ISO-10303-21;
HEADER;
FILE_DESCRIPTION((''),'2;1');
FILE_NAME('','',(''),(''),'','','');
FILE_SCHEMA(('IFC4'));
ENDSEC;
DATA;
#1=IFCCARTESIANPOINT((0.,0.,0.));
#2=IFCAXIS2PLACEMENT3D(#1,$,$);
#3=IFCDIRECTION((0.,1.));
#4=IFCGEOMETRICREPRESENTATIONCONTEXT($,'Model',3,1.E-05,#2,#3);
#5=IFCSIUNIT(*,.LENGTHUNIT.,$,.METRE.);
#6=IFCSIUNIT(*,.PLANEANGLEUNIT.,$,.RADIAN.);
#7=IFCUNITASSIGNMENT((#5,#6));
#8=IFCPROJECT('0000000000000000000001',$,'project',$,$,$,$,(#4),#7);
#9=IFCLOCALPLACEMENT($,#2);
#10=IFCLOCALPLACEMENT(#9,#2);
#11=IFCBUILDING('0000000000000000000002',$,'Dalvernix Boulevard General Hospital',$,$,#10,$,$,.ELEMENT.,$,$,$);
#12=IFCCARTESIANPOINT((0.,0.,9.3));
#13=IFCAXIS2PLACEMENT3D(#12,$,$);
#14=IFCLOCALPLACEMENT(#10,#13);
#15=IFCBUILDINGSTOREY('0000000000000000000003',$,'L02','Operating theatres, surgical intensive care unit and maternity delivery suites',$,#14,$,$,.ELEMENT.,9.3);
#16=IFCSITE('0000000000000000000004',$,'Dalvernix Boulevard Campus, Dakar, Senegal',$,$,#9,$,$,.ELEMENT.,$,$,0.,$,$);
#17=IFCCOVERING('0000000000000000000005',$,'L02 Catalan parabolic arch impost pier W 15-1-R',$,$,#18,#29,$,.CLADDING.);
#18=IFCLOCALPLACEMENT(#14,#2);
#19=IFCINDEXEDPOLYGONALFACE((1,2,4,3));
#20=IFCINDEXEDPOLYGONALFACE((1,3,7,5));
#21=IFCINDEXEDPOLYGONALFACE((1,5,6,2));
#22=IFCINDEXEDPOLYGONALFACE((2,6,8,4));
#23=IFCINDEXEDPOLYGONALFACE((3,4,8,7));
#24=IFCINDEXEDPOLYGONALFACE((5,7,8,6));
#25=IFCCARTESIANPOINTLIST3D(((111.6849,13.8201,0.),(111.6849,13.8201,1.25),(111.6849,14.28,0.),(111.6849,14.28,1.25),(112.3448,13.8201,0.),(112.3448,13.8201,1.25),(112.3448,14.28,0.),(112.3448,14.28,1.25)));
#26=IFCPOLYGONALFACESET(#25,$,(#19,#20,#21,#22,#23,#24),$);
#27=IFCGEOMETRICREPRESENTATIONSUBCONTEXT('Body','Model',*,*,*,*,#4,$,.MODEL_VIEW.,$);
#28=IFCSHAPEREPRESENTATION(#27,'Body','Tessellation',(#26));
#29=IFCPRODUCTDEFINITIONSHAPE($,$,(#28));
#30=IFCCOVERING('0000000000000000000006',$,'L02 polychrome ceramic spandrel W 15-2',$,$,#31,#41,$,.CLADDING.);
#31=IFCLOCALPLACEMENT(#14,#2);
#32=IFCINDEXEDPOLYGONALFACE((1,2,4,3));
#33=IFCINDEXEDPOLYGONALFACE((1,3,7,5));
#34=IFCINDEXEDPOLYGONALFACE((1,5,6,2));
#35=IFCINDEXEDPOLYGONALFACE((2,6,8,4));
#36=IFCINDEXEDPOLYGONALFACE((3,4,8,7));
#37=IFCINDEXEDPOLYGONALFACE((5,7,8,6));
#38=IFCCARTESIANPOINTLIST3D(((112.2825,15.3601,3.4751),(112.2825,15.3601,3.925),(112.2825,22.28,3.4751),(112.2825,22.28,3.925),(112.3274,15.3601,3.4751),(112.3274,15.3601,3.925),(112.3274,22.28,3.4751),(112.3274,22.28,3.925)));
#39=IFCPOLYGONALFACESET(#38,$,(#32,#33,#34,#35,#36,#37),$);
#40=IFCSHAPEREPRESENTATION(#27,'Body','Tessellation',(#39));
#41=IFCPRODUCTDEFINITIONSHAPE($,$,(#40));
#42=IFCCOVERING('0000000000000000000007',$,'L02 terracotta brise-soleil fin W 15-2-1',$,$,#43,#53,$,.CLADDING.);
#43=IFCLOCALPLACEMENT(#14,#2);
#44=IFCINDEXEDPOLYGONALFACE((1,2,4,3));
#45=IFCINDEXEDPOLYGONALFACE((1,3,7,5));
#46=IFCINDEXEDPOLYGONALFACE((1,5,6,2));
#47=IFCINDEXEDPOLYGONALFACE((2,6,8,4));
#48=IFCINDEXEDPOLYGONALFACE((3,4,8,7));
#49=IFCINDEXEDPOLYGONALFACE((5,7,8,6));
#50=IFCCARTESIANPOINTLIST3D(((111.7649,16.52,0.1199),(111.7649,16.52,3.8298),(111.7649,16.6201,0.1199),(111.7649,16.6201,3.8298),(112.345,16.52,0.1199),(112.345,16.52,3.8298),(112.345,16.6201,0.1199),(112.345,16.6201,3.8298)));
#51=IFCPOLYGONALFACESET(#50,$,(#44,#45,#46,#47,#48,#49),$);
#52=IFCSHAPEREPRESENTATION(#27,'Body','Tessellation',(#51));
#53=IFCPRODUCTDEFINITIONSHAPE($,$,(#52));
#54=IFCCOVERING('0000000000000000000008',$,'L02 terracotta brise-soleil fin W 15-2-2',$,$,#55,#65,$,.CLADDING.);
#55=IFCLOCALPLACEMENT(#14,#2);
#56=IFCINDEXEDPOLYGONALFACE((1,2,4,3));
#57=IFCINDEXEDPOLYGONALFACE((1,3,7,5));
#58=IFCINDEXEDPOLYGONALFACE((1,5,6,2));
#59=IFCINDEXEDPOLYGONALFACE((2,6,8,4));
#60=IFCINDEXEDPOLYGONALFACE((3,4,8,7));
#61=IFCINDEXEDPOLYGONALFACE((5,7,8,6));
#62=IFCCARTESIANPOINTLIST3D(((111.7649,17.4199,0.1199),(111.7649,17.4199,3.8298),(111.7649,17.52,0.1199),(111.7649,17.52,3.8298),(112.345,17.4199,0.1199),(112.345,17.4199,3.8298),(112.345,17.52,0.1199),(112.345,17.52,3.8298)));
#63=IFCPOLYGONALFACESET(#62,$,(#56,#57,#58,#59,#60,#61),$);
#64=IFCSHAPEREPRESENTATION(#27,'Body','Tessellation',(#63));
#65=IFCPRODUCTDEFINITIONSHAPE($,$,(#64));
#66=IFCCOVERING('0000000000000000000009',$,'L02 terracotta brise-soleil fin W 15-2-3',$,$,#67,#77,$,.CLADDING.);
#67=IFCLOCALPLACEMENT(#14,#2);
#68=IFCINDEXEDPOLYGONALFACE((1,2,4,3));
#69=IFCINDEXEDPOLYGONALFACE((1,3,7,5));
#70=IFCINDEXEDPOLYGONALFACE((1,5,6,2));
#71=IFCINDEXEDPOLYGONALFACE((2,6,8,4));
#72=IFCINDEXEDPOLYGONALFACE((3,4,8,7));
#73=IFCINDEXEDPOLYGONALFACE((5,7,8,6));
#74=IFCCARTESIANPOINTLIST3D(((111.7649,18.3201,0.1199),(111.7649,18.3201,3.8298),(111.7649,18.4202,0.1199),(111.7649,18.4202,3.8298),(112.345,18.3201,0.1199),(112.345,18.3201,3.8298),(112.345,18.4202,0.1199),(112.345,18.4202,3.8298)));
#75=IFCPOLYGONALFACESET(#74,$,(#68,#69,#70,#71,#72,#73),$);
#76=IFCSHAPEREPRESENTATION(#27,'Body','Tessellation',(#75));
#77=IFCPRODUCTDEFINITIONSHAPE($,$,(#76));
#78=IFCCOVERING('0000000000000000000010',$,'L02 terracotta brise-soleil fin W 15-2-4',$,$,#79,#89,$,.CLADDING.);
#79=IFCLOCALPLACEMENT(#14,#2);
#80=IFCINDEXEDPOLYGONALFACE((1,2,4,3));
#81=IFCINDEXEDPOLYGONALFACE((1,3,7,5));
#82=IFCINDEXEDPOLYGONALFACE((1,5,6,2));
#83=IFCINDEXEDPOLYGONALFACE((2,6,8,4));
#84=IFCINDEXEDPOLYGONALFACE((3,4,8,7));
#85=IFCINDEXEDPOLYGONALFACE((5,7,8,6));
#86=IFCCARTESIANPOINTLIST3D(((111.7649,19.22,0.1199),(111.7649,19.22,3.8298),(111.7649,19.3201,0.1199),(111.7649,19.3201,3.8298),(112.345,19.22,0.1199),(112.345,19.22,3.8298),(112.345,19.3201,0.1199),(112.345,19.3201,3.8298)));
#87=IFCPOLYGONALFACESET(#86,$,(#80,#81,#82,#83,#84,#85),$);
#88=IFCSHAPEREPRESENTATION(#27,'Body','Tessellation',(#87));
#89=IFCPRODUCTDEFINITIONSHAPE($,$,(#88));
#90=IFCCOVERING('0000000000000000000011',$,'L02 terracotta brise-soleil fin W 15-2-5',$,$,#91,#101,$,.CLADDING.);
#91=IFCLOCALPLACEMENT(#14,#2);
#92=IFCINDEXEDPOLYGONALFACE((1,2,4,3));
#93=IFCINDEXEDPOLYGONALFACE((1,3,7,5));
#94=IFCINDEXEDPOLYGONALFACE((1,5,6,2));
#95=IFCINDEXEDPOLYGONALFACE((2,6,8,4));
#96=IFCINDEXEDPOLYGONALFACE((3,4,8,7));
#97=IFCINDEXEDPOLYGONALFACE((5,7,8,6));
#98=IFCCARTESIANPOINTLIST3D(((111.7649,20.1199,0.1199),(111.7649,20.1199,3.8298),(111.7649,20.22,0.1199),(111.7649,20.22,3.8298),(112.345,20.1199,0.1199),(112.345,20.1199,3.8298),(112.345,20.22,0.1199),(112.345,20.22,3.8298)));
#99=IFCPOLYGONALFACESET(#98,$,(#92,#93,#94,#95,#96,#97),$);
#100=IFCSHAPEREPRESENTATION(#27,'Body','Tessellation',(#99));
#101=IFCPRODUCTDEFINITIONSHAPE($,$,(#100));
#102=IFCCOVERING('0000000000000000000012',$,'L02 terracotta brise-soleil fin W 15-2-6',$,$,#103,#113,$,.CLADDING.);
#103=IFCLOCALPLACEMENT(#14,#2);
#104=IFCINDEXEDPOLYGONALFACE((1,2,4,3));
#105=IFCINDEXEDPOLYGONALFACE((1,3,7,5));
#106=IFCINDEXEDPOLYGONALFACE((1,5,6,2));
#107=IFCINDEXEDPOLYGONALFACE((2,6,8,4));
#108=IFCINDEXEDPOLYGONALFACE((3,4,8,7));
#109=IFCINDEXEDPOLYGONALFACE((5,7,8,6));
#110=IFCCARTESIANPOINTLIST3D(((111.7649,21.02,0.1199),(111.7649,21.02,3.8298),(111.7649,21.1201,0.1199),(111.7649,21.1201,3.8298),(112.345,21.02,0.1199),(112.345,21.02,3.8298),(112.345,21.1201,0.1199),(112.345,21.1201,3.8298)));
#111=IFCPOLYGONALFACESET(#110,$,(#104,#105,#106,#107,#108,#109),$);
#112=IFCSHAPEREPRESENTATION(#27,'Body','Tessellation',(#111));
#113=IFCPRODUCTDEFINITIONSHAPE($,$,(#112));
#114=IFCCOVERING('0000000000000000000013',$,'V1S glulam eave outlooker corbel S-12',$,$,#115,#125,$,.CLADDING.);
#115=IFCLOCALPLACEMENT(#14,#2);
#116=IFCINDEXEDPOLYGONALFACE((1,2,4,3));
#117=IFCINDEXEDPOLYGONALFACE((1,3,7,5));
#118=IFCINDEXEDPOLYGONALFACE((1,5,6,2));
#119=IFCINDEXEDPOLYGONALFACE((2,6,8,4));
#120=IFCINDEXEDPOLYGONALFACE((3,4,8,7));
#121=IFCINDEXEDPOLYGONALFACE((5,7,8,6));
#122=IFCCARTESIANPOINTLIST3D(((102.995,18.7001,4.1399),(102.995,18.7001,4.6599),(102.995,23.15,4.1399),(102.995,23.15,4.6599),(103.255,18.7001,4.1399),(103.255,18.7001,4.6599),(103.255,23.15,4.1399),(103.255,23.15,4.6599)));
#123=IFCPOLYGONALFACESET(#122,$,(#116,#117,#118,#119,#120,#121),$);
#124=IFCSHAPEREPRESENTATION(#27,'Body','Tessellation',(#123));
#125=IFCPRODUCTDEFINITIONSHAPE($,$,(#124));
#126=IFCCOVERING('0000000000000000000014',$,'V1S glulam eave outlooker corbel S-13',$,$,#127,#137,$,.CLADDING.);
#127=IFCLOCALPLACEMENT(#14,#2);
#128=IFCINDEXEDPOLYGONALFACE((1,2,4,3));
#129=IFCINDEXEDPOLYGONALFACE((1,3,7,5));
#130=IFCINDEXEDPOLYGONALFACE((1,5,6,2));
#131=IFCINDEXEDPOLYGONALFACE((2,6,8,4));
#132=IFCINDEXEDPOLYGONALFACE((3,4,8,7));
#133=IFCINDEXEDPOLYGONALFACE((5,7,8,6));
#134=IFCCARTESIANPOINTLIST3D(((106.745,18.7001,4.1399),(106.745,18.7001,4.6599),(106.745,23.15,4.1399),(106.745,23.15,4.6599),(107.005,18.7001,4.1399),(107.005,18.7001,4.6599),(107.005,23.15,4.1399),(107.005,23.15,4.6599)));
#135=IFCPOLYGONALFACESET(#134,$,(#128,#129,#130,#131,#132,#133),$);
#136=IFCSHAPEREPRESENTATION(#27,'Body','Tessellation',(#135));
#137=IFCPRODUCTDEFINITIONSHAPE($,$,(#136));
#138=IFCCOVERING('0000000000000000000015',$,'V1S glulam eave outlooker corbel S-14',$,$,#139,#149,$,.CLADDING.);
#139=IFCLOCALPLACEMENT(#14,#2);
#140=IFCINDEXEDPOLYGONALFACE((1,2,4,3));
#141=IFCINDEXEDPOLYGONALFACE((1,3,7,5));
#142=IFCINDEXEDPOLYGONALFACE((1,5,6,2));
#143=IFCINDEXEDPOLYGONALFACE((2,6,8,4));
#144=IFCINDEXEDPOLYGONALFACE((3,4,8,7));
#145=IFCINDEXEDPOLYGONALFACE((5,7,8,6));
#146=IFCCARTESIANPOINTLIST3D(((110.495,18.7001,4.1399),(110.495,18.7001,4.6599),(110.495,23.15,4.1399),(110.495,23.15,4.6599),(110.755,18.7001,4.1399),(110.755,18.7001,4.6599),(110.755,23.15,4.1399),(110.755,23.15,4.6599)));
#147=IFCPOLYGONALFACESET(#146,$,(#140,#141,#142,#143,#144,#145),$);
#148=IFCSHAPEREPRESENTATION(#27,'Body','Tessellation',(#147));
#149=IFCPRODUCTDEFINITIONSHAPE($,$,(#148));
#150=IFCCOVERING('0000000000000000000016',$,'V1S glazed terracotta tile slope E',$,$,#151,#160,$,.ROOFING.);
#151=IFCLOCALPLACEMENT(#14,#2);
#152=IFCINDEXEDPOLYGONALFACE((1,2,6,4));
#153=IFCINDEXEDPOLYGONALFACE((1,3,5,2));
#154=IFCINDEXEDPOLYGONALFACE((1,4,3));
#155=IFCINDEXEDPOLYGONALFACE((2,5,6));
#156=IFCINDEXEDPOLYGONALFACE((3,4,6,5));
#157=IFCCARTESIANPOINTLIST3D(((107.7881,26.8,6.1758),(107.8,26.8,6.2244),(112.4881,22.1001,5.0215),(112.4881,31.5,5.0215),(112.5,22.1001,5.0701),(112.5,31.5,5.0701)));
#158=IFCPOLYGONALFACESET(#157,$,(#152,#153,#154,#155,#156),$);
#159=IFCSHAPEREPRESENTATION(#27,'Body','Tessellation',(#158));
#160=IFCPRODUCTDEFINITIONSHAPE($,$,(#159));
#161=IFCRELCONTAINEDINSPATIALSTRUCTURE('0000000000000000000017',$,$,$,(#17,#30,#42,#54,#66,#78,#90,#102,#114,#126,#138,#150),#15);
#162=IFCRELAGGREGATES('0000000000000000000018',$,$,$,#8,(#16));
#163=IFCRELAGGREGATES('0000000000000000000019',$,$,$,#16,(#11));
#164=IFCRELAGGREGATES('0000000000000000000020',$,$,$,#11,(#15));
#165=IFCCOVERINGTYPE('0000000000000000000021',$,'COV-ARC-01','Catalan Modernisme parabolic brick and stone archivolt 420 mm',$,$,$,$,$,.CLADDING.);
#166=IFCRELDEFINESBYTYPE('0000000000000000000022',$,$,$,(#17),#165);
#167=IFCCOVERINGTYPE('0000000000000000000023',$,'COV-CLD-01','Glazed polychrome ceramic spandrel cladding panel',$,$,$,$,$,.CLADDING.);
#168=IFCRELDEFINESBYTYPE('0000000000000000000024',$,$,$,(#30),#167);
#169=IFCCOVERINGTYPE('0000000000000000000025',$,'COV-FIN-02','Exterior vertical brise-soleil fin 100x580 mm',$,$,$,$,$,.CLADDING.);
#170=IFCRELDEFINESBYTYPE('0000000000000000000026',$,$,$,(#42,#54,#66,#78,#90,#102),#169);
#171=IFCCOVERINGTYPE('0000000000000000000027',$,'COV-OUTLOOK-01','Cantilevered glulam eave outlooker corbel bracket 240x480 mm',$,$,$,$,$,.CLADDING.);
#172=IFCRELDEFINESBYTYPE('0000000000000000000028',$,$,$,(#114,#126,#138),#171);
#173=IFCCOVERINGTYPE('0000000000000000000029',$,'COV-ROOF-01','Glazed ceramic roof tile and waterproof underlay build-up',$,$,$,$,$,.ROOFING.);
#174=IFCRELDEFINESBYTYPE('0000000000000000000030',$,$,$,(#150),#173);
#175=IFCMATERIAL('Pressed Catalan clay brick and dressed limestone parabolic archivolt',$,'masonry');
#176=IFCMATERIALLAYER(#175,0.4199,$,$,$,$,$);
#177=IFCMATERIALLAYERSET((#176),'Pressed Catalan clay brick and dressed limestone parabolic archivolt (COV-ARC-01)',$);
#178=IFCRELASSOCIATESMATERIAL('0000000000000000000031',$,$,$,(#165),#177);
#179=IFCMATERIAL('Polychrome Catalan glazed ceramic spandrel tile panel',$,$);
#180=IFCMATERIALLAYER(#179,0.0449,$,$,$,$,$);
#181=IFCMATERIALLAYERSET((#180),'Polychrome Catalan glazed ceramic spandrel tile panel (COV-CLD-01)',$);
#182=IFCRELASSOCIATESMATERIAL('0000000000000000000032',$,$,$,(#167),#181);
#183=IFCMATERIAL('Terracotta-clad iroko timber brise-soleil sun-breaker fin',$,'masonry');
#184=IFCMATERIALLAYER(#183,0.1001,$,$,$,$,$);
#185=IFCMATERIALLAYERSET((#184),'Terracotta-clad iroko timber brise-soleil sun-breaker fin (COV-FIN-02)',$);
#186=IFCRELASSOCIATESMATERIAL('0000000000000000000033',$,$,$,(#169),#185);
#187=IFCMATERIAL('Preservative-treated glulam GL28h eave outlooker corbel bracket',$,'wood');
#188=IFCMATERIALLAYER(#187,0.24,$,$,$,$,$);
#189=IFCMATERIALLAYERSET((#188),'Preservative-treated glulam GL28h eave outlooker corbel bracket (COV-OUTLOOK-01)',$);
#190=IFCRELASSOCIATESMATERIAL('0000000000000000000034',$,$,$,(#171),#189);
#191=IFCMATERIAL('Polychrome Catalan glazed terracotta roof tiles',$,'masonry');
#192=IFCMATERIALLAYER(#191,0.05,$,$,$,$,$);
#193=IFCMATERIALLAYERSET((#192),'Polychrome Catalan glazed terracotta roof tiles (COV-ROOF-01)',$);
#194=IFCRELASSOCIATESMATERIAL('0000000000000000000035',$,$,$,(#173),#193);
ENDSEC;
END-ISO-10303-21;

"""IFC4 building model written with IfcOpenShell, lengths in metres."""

from ifc_helpers import new_model, si_unit, direction, frame, origin, origin_2d, place, context, subcontext, project, spatial, polyline, rectangle, outline, extrude, material, layer, layer_set, type_object, element, save


model = new_model("IFC4")

# Units and contexts
model_context = context("Model", 3, precision=1e-05, world=origin(), true_north=direction((0.0, 1.0)))
body_context = subcontext(model_context, "Body", "Model", "MODEL_VIEW")
ifc_project = project(units=[si_unit("LENGTHUNIT", "METRE"), si_unit("PLANEANGLEUNIT", "RADIAN")], contexts=[model_context])

# Site, building, storey
site_placement = place(None, origin())
site = spatial("IfcSite", under=ifc_project, at=site_placement, Name="Dalvernix Boulevard Campus, Dakar, Senegal", CompositionType="ELEMENT", RefElevation=0.0)
building_placement = place(site_placement, origin())
building = spatial("IfcBuilding", under=site, at=building_placement, Name="Dalvernix Boulevard General Hospital", CompositionType="ELEMENT")
storey_placement = place(building_placement, frame((0.0, 0.0, 9.3)))
storey = spatial("IfcBuildingStorey", under=building, at=storey_placement, Name="L02", Description="Operating theatres, surgical intensive care unit and maternity delivery suites", CompositionType="ELEMENT", Elevation=9.3)

# Coverings
ifc_material_1 = material(Name="Pressed Catalan clay brick and dressed limestone parabolic archivolt", Category="masonry")
ifc_layer_1 = layer(ifc_material_1, 0.4199)
ifc_layer_set_1 = layer_set([ifc_layer_1], Name="Pressed Catalan clay brick and dressed limestone parabolic archivolt (COV-ARC-01)")
covering_type_1 = type_object("IfcCoveringType", Name="COV-ARC-01", Description="Catalan Modernisme parabolic brick and stone archivolt 420 mm", PredefinedType="CLADDING", material=ifc_layer_set_1)
covering_1_placement = place(storey_placement, frame((112.0149, 14.05, 0.0), z_axis=(0.0, 0.0, 1.0), x_axis=(0.0, 1.0, 0.0)))
element("IfcCovering", 1, at=covering_1_placement, inside=storey, type_object=covering_type_1, Name="L02 Catalan parabolic arch impost pier W 15-1-R", PredefinedType="CLADDING", context=body_context, shape_type="SweptSolid", body=[
    extrude(rectangle(XDim=0.46, YDim=0.6599, at=origin_2d()), origin(), (0.0, 0.0, 1.0), 1.25),
])
ifc_material_2 = material(Name="Polychrome Catalan glazed ceramic spandrel tile panel")
ifc_layer_2 = layer(ifc_material_2, 0.0449)
ifc_layer_set_2 = layer_set([ifc_layer_2], Name="Polychrome Catalan glazed ceramic spandrel tile panel (COV-CLD-01)")
covering_type_2 = type_object("IfcCoveringType", Name="COV-CLD-01", Description="Glazed polychrome ceramic spandrel cladding panel", PredefinedType="CLADDING", material=ifc_layer_set_2)
covering_2_placement = place(storey_placement, frame((112.3049, 18.8201, 3.4751), z_axis=(0.0, 0.0, 1.0), x_axis=(0.0, 1.0, 0.0)))
element("IfcCovering", 2, at=covering_2_placement, inside=storey, type_object=covering_type_2, Name="L02 polychrome ceramic spandrel W 15-2", PredefinedType="CLADDING", context=body_context, shape_type="SweptSolid", body=[
    extrude(rectangle(XDim=6.9199, YDim=0.0449, at=origin_2d()), origin(), (0.0, 0.0, 1.0), 0.45),
])
ifc_material_3 = material(Name="Terracotta-clad iroko timber brise-soleil sun-breaker fin", Category="masonry")
ifc_layer_3 = layer(ifc_material_3, 0.1001)
ifc_layer_set_3 = layer_set([ifc_layer_3], Name="Terracotta-clad iroko timber brise-soleil sun-breaker fin (COV-FIN-02)")
covering_type_3 = type_object("IfcCoveringType", Name="COV-FIN-02", Description="Exterior vertical brise-soleil fin 100x580 mm", PredefinedType="CLADDING", material=ifc_layer_set_3)
for number, where, z_axis, x_axis, name in (
    (3, (112.0549, 16.5701, 0.1199), (0.0, 0.0, 1.0), (0.0, 1.0, 0.0), "L02 terracotta brise-soleil fin W 15-2-1"),
    (4, (112.0549, 17.47, 0.1199), (0.0, 0.0, 1.0), (0.0, 1.0, 0.0), "L02 terracotta brise-soleil fin W 15-2-2"),
    (5, (112.0549, 18.3701, 0.1199), (0.0, 0.0, 1.0), (0.0, 1.0, 0.0), "L02 terracotta brise-soleil fin W 15-2-3"),
    (6, (112.0549, 19.27, 0.1199), (0.0, 0.0, 1.0), (0.0, 1.0, 0.0), "L02 terracotta brise-soleil fin W 15-2-4"),
    (7, (112.0549, 20.1699, 0.1199), (0.0, 0.0, 1.0), (0.0, 1.0, 0.0), "L02 terracotta brise-soleil fin W 15-2-5"),
    (8, (112.0549, 21.0701, 0.1199), (0.0, 0.0, 1.0), (0.0, 1.0, 0.0), "L02 terracotta brise-soleil fin W 15-2-6"),
):
    element("IfcCovering", number, at=place(storey_placement, frame(where, z_axis=z_axis, x_axis=x_axis)), inside=storey, type_object=covering_type_3, Name=name, PredefinedType="CLADDING", context=body_context, shape_type="SweptSolid", body=[
        extrude(rectangle(XDim=0.1001, YDim=0.5801, at=origin_2d()), origin(), (0.0, 0.0, 1.0), 3.71),
    ])
ifc_material_4 = material(Name="Preservative-treated glulam GL28h eave outlooker corbel bracket", Category="wood")
ifc_layer_4 = layer(ifc_material_4, 0.24)
ifc_layer_set_4 = layer_set([ifc_layer_4], Name="Preservative-treated glulam GL28h eave outlooker corbel bracket (COV-OUTLOOK-01)")
covering_type_4 = type_object("IfcCoveringType", Name="COV-OUTLOOK-01", Description="Cantilevered glulam eave outlooker corbel bracket 240x480 mm", PredefinedType="CLADDING", material=ifc_layer_set_4)
for number, where, z_axis, x_axis, name in (
    (9, (103.125, 20.925, 4.1399), (0.0, 0.0, 1.0), (1.0, 0.0, 0.0), "V1S glulam eave outlooker corbel S-12"),
    (10, (106.875, 20.925, 4.1399), (0.0, 0.0, 1.0), (1.0, 0.0, 0.0), "V1S glulam eave outlooker corbel S-13"),
    (11, (110.625, 20.925, 4.1399), (0.0, 0.0, 1.0), (1.0, 0.0, 0.0), "V1S glulam eave outlooker corbel S-14"),
):
    element("IfcCovering", number, at=place(storey_placement, frame(where, z_axis=z_axis, x_axis=x_axis)), inside=storey, type_object=covering_type_4, Name=name, PredefinedType="CLADDING", context=body_context, shape_type="SweptSolid", body=[
        extrude(rectangle(XDim=0.26, YDim=4.45, at=origin_2d()), origin(), (0.0, 0.0, 1.0), 0.52),
    ])
ifc_material_5 = material(Name="Polychrome Catalan glazed terracotta roof tiles", Category="masonry")
ifc_layer_5 = layer(ifc_material_5, 0.05)
ifc_layer_set_5 = layer_set([ifc_layer_5], Name="Polychrome Catalan glazed terracotta roof tiles (COV-ROOF-01)")
covering_type_5 = type_object("IfcCoveringType", Name="COV-ROOF-01", Description="Glazed ceramic roof tile and waterproof underlay build-up", PredefinedType="ROOFING", material=ifc_layer_set_5)
covering_3_placement = place(storey_placement, frame((112.5, 22.1001, 5.0701), z_axis=(0.23851, 0.0, 0.97114), x_axis=(0.0, 1.0, 0.0)))
element("IfcCovering", 12, at=covering_3_placement, inside=storey, type_object=covering_type_5, Name="V1S glazed terracotta tile slope E", PredefinedType="ROOFING", context=body_context, shape_type="SweptSolid", body=[
    extrude(outline(polyline([(0.0, 0.0), (9.3999, 0.0), (4.7, 4.8396), (0.0, 0.0)])), origin(), (0.0, 0.0, -1.0), 0.05),
])

save(model, "model.ifc")
